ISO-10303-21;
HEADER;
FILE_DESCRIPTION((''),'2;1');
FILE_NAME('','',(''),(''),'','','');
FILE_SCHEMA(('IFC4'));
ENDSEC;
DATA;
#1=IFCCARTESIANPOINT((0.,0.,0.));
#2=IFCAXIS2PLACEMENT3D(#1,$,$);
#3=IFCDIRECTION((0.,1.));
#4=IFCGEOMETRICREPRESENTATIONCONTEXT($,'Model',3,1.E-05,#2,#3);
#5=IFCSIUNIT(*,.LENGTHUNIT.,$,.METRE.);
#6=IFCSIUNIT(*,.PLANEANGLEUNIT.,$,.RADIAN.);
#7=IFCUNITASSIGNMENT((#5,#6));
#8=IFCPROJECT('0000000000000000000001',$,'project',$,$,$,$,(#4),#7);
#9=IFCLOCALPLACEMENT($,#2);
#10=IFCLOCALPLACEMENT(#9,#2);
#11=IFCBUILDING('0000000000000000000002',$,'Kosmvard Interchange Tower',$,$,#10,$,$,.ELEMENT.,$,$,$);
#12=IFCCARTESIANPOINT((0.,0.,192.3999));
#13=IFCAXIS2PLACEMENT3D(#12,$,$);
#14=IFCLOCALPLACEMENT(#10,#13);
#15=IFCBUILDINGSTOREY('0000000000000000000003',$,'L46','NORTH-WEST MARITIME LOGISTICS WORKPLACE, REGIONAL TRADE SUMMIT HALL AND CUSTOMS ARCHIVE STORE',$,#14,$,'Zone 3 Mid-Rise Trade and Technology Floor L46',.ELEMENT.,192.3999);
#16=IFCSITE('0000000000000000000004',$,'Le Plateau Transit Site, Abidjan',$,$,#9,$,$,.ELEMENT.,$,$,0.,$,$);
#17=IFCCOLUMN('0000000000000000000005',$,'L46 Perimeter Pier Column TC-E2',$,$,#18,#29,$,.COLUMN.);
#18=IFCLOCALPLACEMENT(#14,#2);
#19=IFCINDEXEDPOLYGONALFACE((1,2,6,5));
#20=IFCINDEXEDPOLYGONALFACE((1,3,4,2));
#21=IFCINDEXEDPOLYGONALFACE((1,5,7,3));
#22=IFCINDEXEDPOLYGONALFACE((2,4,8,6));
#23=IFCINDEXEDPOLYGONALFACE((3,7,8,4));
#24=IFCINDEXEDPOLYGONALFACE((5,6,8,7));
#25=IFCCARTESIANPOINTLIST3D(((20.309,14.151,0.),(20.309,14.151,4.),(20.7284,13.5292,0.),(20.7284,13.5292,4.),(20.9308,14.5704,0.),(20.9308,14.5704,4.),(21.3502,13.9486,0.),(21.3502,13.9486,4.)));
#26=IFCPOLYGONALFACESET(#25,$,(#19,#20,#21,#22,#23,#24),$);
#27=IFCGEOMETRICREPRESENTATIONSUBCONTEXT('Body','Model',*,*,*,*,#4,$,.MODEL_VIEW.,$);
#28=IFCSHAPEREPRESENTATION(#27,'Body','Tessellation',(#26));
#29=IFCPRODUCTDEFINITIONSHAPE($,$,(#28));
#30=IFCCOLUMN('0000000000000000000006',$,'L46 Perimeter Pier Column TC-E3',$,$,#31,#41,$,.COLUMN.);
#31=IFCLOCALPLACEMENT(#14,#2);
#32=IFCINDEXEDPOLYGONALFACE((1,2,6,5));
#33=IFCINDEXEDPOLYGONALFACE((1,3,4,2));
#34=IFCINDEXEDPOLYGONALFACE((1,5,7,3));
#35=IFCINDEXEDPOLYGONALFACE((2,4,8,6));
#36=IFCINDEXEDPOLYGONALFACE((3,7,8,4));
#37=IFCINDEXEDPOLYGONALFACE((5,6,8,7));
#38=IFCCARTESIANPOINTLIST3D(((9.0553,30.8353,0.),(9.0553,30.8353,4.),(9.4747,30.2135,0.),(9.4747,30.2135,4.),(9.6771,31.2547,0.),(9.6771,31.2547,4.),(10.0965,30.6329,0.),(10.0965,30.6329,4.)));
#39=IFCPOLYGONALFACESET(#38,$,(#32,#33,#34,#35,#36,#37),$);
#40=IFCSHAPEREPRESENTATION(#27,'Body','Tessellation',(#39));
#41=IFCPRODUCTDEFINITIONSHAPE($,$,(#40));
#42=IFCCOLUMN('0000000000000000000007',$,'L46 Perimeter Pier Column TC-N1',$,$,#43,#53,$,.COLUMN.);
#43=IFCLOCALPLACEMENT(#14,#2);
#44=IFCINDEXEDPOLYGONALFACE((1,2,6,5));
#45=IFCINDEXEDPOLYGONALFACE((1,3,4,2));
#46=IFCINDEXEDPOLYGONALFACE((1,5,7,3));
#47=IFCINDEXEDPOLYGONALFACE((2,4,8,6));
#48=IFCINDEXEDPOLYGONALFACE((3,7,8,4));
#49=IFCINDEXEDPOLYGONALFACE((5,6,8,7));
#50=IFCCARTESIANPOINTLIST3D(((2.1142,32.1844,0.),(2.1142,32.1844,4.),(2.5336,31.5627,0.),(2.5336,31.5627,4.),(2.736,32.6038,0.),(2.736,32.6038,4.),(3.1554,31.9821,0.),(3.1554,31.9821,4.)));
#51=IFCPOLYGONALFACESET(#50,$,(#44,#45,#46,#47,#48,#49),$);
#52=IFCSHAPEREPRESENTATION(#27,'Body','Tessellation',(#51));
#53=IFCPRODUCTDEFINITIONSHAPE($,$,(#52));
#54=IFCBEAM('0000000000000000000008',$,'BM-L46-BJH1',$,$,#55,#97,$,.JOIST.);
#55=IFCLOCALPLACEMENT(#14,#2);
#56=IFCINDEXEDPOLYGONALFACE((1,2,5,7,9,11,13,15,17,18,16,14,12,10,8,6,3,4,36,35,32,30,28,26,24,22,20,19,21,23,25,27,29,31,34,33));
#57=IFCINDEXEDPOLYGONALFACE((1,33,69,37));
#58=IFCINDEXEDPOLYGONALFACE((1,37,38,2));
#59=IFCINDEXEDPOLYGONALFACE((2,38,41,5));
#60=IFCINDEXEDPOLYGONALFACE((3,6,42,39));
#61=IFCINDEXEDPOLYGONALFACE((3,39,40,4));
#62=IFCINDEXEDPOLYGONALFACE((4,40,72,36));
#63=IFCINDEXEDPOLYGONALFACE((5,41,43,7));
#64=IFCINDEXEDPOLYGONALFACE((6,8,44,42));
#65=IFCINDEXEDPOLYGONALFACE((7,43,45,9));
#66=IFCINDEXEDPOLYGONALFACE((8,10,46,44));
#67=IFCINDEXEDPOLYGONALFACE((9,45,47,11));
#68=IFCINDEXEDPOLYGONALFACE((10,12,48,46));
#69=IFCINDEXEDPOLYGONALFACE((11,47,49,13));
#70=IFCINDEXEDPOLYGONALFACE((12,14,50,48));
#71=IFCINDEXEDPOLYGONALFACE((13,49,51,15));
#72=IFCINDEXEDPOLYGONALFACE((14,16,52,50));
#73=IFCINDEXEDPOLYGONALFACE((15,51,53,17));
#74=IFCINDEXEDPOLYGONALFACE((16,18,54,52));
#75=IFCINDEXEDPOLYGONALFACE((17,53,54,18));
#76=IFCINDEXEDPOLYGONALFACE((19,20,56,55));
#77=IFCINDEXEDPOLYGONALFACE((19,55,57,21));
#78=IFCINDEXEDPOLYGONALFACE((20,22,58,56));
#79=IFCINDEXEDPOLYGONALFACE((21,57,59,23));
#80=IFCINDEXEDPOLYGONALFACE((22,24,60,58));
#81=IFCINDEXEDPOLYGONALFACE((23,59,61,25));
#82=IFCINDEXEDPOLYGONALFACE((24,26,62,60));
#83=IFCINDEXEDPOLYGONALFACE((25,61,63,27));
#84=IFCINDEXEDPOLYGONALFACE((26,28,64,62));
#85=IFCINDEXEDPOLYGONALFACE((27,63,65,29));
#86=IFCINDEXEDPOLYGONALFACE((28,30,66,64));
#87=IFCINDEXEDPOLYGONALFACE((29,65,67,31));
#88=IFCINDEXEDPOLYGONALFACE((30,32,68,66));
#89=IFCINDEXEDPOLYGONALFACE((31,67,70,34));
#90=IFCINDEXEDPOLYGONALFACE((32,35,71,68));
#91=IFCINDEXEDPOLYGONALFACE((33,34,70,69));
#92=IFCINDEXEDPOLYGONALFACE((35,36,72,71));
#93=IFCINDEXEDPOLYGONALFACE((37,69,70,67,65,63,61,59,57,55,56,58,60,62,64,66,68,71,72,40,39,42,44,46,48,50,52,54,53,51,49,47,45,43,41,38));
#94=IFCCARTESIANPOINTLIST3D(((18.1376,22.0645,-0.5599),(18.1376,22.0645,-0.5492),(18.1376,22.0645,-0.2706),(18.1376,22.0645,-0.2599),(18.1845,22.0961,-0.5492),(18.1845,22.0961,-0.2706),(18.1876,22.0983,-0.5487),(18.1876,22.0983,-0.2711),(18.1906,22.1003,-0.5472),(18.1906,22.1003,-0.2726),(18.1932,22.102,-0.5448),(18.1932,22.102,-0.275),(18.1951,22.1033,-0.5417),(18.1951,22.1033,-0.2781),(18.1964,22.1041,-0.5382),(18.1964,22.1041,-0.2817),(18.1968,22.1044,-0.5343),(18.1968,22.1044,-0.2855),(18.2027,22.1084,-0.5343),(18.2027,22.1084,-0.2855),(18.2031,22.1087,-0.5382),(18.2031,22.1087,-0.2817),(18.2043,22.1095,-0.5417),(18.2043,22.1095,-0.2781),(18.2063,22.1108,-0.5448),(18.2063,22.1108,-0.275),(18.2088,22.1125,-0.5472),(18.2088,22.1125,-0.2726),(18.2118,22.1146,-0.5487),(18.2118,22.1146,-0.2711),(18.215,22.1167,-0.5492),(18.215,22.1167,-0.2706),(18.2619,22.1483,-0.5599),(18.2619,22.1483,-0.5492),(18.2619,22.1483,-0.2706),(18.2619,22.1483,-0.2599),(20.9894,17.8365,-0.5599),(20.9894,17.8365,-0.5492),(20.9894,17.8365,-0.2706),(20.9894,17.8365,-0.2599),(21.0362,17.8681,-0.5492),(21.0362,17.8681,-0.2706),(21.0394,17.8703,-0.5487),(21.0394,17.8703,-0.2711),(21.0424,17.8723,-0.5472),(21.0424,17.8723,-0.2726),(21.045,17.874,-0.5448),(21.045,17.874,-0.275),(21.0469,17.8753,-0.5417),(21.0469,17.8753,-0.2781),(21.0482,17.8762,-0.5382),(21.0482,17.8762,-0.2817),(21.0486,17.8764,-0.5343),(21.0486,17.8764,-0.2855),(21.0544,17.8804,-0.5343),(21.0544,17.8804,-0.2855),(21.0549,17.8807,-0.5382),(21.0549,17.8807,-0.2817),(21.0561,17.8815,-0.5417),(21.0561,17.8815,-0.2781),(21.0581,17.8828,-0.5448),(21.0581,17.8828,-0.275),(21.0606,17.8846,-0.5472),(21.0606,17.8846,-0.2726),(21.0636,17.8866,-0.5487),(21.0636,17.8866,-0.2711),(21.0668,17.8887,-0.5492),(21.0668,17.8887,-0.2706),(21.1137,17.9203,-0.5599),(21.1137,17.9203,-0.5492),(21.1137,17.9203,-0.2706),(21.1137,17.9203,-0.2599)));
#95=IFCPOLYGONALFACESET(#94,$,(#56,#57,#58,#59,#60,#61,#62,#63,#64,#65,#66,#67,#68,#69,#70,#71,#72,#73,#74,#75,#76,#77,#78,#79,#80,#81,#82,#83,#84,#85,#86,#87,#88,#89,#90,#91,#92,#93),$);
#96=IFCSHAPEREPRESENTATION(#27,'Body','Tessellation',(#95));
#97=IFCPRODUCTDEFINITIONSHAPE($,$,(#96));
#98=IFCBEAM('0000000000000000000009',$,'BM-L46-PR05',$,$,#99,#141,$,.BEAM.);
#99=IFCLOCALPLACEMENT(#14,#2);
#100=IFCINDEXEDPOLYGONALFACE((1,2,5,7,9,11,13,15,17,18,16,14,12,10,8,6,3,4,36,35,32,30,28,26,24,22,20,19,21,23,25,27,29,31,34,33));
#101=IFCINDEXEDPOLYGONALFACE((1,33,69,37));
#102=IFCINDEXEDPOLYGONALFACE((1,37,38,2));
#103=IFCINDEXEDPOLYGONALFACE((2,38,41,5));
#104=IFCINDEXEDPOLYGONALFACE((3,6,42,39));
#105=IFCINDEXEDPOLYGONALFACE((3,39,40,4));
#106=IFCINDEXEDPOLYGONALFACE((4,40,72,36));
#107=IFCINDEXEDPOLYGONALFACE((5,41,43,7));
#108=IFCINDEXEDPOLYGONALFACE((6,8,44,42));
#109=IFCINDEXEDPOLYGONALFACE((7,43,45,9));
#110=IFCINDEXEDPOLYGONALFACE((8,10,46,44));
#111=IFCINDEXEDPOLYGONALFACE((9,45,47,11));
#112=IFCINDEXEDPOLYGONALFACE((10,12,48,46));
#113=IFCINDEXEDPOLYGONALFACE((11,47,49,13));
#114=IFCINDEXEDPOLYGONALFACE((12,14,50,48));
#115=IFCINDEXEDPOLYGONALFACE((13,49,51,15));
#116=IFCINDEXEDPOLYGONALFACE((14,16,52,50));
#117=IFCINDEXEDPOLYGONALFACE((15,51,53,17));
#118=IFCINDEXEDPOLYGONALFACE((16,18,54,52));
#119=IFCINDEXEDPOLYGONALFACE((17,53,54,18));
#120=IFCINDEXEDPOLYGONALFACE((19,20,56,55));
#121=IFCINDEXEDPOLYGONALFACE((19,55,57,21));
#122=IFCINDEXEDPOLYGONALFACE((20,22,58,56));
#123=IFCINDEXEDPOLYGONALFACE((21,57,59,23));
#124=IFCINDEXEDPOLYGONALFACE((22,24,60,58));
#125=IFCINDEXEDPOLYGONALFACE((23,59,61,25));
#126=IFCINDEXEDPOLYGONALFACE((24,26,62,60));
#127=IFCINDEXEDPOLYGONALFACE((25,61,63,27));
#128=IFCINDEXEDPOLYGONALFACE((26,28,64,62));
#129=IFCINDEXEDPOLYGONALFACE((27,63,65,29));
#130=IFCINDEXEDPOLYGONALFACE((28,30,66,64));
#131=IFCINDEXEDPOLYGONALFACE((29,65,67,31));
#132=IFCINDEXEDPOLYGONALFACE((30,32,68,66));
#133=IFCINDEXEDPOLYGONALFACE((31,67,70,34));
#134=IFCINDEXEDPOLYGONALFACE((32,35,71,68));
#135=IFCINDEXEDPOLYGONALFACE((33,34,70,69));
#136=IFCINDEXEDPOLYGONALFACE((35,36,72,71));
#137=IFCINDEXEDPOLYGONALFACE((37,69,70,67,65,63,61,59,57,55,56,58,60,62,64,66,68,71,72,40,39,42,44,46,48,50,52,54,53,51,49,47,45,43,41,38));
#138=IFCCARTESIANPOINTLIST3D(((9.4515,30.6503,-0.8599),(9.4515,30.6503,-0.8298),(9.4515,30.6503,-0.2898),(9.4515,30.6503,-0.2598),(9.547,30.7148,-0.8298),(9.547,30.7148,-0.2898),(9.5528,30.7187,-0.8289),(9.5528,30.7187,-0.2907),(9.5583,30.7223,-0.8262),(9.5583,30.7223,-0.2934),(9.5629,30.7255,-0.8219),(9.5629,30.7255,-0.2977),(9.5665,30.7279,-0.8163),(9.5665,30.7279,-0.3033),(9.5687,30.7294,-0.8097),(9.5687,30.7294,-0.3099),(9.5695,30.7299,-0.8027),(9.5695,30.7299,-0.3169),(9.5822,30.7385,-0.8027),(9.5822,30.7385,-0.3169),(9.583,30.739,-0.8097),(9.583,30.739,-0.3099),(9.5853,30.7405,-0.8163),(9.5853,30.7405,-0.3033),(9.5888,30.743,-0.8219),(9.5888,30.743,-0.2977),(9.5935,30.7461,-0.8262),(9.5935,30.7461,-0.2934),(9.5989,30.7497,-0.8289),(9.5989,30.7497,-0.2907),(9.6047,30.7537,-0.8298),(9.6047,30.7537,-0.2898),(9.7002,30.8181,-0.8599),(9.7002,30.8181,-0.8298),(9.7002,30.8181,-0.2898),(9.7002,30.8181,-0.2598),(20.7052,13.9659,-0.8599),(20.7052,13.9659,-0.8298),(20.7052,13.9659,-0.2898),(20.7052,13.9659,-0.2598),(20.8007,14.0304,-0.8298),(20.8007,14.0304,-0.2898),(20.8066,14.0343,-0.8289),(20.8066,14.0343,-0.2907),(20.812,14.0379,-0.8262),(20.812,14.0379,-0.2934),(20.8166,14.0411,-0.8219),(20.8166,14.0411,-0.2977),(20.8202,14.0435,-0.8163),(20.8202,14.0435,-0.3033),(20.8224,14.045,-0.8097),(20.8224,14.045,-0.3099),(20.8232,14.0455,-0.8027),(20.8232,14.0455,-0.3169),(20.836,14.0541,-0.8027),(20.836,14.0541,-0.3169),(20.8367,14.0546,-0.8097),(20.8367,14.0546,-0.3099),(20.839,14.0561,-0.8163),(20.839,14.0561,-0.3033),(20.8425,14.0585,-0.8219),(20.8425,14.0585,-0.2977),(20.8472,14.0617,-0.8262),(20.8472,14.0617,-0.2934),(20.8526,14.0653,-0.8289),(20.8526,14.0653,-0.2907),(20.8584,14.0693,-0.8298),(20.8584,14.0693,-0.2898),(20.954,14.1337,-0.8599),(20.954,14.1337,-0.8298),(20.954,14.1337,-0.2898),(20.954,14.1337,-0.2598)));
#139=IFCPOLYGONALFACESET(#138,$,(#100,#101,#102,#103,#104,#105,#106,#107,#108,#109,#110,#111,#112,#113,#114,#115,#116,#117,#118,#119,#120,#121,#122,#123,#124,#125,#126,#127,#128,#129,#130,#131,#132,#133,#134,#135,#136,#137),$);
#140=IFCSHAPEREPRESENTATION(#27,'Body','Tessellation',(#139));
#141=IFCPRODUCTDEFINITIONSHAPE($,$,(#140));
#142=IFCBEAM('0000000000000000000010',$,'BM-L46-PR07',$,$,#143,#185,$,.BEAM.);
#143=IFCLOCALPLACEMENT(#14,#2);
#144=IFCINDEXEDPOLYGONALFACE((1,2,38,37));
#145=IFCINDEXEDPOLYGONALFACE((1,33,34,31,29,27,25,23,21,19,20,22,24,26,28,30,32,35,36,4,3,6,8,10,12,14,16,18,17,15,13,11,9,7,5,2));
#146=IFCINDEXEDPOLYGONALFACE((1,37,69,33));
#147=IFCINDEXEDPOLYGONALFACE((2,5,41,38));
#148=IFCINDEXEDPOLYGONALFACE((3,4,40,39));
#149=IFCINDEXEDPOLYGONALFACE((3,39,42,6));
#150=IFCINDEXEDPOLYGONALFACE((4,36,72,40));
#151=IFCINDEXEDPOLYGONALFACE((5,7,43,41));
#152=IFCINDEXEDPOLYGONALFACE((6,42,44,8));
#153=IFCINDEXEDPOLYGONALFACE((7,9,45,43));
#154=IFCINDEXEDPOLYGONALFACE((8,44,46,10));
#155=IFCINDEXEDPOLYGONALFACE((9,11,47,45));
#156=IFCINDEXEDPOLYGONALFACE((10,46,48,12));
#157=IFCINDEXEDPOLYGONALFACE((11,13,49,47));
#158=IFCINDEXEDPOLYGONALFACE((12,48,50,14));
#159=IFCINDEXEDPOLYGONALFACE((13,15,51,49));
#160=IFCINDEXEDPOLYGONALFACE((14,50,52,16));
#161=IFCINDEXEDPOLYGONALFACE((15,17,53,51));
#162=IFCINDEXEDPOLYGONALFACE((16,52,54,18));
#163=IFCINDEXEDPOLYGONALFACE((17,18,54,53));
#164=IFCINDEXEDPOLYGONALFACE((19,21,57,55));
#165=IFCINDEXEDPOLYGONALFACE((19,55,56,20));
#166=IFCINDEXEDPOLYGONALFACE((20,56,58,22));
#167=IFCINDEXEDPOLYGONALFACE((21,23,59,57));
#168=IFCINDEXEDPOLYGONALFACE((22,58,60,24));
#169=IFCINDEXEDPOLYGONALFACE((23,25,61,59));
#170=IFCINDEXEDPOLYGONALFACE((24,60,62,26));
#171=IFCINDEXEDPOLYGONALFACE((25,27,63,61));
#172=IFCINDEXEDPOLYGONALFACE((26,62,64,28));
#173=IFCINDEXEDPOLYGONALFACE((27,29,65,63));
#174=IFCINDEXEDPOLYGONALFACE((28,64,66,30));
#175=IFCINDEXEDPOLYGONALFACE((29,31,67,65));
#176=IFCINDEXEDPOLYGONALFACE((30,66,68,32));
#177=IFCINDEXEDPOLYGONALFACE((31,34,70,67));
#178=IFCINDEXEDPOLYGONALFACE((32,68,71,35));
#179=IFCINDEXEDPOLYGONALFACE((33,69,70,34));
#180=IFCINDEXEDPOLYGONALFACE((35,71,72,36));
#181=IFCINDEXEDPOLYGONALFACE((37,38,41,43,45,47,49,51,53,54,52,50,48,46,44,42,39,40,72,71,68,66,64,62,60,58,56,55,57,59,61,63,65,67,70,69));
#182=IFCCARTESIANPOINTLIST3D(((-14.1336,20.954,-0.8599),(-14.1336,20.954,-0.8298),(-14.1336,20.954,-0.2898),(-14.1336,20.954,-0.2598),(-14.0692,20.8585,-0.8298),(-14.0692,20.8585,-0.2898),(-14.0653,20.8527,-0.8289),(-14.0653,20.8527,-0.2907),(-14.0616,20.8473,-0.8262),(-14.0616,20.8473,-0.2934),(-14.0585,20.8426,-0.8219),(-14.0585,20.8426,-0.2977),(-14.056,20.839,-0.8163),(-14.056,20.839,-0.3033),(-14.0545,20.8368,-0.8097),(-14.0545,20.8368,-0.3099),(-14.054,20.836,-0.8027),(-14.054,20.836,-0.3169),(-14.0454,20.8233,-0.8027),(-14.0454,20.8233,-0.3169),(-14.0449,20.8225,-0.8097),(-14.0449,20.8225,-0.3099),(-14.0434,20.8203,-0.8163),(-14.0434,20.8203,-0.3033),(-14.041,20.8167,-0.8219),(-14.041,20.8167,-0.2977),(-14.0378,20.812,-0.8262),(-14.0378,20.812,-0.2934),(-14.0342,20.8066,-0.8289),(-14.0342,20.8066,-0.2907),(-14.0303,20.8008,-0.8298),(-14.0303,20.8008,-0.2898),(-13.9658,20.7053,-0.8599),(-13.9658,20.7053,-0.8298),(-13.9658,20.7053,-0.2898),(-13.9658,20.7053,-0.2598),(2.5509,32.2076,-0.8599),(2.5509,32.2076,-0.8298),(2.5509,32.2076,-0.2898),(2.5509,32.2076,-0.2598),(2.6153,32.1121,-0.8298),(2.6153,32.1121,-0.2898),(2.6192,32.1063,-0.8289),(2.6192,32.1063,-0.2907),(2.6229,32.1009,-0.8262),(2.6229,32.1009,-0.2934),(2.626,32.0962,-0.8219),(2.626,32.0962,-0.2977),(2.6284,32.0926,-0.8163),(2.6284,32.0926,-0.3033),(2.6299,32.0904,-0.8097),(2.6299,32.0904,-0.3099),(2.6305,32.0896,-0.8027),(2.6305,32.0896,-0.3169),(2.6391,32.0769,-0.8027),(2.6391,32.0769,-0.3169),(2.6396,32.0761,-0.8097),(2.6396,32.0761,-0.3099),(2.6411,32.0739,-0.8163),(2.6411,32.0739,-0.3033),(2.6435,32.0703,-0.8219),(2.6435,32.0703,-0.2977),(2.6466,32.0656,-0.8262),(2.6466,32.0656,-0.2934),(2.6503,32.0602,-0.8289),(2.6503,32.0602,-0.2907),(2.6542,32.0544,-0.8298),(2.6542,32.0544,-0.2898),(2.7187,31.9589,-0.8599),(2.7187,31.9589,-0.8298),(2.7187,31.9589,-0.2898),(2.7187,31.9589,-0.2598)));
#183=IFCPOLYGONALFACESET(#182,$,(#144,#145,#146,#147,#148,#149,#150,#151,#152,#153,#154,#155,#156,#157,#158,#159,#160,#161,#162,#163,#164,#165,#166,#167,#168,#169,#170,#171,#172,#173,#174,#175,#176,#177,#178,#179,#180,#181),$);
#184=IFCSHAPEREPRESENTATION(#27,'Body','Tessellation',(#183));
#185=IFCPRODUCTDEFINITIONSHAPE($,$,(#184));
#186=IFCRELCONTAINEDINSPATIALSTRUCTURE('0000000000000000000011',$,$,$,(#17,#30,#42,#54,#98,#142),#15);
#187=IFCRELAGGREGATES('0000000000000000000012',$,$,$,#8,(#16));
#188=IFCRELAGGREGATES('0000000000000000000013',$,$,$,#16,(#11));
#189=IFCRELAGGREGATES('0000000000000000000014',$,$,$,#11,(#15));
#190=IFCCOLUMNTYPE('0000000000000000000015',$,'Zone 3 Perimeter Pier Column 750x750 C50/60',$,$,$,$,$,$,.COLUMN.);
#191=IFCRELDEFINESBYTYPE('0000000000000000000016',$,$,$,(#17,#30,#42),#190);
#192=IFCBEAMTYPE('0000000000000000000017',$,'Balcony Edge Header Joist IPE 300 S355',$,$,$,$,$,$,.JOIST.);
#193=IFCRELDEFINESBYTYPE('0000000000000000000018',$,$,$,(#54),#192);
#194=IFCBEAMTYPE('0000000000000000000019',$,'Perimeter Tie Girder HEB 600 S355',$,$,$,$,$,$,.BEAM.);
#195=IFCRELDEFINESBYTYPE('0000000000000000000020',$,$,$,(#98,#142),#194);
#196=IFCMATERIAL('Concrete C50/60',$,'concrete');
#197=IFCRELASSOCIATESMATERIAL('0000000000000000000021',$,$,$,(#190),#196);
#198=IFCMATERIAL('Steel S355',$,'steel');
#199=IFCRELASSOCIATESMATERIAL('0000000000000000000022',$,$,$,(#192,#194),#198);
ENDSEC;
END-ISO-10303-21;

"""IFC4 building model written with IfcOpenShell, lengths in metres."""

from ifc_helpers import new_model, si_unit, direction, frame, origin, origin_2d, place, context, subcontext, project, spatial, rectangle, i_section, extrude, source, transform, mapped, material, material_profile, profile_set, type_object, element, save


model = new_model("IFC4")

# Units and contexts
model_context = context("Model", 3, precision=1e-05, world=origin(), true_north=direction((0.0, 1.0)))
body_context = subcontext(model_context, "Body", "Model", "MODEL_VIEW")
ifc_project = project(units=[si_unit("LENGTHUNIT", "METRE"), si_unit("PLANEANGLEUNIT", "RADIAN")], contexts=[model_context])

# Site, building, storey
site_placement = place(None, origin())
site = spatial("IfcSite", under=ifc_project, at=site_placement, Name="Le Plateau Transit Site, Abidjan", CompositionType="ELEMENT", RefElevation=0.0)
building_placement = place(site_placement, origin())
building = spatial("IfcBuilding", under=site, at=building_placement, Name="Kosmvard Interchange Tower", CompositionType="ELEMENT")
storey_placement = place(building_placement, frame((0.0, 0.0, 192.3999)))
storey = spatial("IfcBuildingStorey", under=building, at=storey_placement, Name="L46", Description="NORTH-WEST MARITIME LOGISTICS WORKPLACE, REGIONAL TRADE SUMMIT HALL AND CUSTOMS ARCHIVE STORE", LongName="Zone 3 Mid-Rise Trade and Technology Floor L46", CompositionType="ELEMENT", Elevation=192.3999)

# Columns
ifc_material_1 = material(Name="Concrete C50/60", Category="concrete")
ifc_material_profile_1 = material_profile(ifc_material_1, rectangle(XDim=0.75, YDim=0.75, at=origin_2d()), Name="TC 750x750")
ifc_profile_set_1 = profile_set([ifc_material_profile_1], Name="Concrete C50/60")
column_type = type_object("IfcColumnType", Name="Zone 3 Perimeter Pier Column 750x750 C50/60", PredefinedType="COLUMN", material=ifc_profile_set_1)
shared_shape_1 = source(origin(), body_context, "Body", "SweptSolid", [
    extrude(rectangle(XDim=0.75, YDim=0.75, at=origin_2d()), origin(), (0.0, 0.0, 1.0), 4.0),
])
for number, where, z_axis, x_axis, name in (
    (1, (20.8296, 14.0498, 0.0), (0.0, 0.0, 1.0), (0.829038, 0.559193, 0.0), "L46 Perimeter Pier Column TC-E2"),
    (2, (9.5759, 30.7341, 0.0), (0.0, 0.0, 1.0), (0.829038, 0.559193, 0.0), "L46 Perimeter Pier Column TC-E3"),
    (3, (2.6348, 32.0833, 0.0), (0.0, 0.0, 1.0), (0.829038, 0.559193, 0.0), "L46 Perimeter Pier Column TC-N1"),
):
    element("IfcColumn", number, at=place(storey_placement, frame(where, z_axis=z_axis, x_axis=x_axis)), inside=storey, type_object=column_type, Name=name, PredefinedType="COLUMN", context=body_context, shape_type="MappedRepresentation", body=[
        mapped(shared_shape_1, transform((0.0, 0.0, 0.0), scale=1.0)),
    ])

# Beams
ifc_material_2 = material(Name="Steel S355", Category="steel")
ifc_material_profile_2 = material_profile(ifc_material_2, i_section(OverallWidth=0.1499, OverallDepth=0.3, WebThickness=0.0071, FlangeThickness=0.0107, FilletRadius=0.0149, at=origin_2d()), Name="IPE 300")
ifc_profile_set_2 = profile_set([ifc_material_profile_2], Name="Steel S355")
beam_type_1 = type_object("IfcBeamType", Name="Balcony Edge Header Joist IPE 300 S355", PredefinedType="JOIST", material=ifc_profile_set_2)
shared_shape_2 = source(origin(), body_context, "Body", "SweptSolid", [
    extrude(i_section(OverallWidth=0.1499, OverallDepth=0.3, WebThickness=0.0071, FlangeThickness=0.0107, FilletRadius=0.0149, at=origin_2d()), origin(), (0.0, 0.0, 1.0), 5.0999),
])
beam_1_placement = place(storey_placement, frame((21.0515, 17.8784, -0.4099), z_axis=(-0.559188, 0.829041, 0.0), x_axis=(-0.829041, -0.559188, 0.0)))
element("IfcBeam", 4, at=beam_1_placement, inside=storey, type_object=beam_type_1, Name="BM-L46-BJH1", PredefinedType="JOIST", context=body_context, shape_type="MappedRepresentation", body=[
    mapped(shared_shape_2, transform((0.0, 0.0, 0.0), scale=1.0)),
])
ifc_material_profile_3 = material_profile(ifc_material_2, i_section(OverallWidth=0.3, OverallDepth=0.6001, WebThickness=0.0154, FlangeThickness=0.03, FilletRadius=0.0271, at=origin_2d()), Name="HEB 600")
ifc_profile_set_3 = profile_set([ifc_material_profile_3], Name="Steel S355")
beam_type_2 = type_object("IfcBeamType", Name="Perimeter Tie Girder HEB 600 S355", PredefinedType="BEAM", material=ifc_profile_set_3)
shared_shape_3 = source(origin(), body_context, "Body", "SweptSolid", [
    extrude(i_section(OverallWidth=0.3, OverallDepth=0.6001, WebThickness=0.0154, FlangeThickness=0.03, FilletRadius=0.0271, at=origin_2d()), origin(), (0.0, 0.0, 1.0), 20.125),
])
for number, where, z_axis, x_axis, name in (
    (5, (20.8296, 14.0498, -0.5598), (-0.559191, 0.829039, 0.0), (-0.829039, -0.559191, 0.0), "BM-L46-PR05"),
    (6, (2.6348, 32.0833, -0.5598), (-0.829043, -0.559185, 0.0), (0.559185, -0.829043, 0.0), "BM-L46-PR07"),
):
    element("IfcBeam", number, at=place(storey_placement, frame(where, z_axis=z_axis, x_axis=x_axis)), inside=storey, type_object=beam_type_2, Name=name, PredefinedType="BEAM", context=body_context, shape_type="MappedRepresentation", body=[
        mapped(shared_shape_3, transform((0.0, 0.0, 0.0), scale=1.0)),
    ])

save(model, "model.ifc")
